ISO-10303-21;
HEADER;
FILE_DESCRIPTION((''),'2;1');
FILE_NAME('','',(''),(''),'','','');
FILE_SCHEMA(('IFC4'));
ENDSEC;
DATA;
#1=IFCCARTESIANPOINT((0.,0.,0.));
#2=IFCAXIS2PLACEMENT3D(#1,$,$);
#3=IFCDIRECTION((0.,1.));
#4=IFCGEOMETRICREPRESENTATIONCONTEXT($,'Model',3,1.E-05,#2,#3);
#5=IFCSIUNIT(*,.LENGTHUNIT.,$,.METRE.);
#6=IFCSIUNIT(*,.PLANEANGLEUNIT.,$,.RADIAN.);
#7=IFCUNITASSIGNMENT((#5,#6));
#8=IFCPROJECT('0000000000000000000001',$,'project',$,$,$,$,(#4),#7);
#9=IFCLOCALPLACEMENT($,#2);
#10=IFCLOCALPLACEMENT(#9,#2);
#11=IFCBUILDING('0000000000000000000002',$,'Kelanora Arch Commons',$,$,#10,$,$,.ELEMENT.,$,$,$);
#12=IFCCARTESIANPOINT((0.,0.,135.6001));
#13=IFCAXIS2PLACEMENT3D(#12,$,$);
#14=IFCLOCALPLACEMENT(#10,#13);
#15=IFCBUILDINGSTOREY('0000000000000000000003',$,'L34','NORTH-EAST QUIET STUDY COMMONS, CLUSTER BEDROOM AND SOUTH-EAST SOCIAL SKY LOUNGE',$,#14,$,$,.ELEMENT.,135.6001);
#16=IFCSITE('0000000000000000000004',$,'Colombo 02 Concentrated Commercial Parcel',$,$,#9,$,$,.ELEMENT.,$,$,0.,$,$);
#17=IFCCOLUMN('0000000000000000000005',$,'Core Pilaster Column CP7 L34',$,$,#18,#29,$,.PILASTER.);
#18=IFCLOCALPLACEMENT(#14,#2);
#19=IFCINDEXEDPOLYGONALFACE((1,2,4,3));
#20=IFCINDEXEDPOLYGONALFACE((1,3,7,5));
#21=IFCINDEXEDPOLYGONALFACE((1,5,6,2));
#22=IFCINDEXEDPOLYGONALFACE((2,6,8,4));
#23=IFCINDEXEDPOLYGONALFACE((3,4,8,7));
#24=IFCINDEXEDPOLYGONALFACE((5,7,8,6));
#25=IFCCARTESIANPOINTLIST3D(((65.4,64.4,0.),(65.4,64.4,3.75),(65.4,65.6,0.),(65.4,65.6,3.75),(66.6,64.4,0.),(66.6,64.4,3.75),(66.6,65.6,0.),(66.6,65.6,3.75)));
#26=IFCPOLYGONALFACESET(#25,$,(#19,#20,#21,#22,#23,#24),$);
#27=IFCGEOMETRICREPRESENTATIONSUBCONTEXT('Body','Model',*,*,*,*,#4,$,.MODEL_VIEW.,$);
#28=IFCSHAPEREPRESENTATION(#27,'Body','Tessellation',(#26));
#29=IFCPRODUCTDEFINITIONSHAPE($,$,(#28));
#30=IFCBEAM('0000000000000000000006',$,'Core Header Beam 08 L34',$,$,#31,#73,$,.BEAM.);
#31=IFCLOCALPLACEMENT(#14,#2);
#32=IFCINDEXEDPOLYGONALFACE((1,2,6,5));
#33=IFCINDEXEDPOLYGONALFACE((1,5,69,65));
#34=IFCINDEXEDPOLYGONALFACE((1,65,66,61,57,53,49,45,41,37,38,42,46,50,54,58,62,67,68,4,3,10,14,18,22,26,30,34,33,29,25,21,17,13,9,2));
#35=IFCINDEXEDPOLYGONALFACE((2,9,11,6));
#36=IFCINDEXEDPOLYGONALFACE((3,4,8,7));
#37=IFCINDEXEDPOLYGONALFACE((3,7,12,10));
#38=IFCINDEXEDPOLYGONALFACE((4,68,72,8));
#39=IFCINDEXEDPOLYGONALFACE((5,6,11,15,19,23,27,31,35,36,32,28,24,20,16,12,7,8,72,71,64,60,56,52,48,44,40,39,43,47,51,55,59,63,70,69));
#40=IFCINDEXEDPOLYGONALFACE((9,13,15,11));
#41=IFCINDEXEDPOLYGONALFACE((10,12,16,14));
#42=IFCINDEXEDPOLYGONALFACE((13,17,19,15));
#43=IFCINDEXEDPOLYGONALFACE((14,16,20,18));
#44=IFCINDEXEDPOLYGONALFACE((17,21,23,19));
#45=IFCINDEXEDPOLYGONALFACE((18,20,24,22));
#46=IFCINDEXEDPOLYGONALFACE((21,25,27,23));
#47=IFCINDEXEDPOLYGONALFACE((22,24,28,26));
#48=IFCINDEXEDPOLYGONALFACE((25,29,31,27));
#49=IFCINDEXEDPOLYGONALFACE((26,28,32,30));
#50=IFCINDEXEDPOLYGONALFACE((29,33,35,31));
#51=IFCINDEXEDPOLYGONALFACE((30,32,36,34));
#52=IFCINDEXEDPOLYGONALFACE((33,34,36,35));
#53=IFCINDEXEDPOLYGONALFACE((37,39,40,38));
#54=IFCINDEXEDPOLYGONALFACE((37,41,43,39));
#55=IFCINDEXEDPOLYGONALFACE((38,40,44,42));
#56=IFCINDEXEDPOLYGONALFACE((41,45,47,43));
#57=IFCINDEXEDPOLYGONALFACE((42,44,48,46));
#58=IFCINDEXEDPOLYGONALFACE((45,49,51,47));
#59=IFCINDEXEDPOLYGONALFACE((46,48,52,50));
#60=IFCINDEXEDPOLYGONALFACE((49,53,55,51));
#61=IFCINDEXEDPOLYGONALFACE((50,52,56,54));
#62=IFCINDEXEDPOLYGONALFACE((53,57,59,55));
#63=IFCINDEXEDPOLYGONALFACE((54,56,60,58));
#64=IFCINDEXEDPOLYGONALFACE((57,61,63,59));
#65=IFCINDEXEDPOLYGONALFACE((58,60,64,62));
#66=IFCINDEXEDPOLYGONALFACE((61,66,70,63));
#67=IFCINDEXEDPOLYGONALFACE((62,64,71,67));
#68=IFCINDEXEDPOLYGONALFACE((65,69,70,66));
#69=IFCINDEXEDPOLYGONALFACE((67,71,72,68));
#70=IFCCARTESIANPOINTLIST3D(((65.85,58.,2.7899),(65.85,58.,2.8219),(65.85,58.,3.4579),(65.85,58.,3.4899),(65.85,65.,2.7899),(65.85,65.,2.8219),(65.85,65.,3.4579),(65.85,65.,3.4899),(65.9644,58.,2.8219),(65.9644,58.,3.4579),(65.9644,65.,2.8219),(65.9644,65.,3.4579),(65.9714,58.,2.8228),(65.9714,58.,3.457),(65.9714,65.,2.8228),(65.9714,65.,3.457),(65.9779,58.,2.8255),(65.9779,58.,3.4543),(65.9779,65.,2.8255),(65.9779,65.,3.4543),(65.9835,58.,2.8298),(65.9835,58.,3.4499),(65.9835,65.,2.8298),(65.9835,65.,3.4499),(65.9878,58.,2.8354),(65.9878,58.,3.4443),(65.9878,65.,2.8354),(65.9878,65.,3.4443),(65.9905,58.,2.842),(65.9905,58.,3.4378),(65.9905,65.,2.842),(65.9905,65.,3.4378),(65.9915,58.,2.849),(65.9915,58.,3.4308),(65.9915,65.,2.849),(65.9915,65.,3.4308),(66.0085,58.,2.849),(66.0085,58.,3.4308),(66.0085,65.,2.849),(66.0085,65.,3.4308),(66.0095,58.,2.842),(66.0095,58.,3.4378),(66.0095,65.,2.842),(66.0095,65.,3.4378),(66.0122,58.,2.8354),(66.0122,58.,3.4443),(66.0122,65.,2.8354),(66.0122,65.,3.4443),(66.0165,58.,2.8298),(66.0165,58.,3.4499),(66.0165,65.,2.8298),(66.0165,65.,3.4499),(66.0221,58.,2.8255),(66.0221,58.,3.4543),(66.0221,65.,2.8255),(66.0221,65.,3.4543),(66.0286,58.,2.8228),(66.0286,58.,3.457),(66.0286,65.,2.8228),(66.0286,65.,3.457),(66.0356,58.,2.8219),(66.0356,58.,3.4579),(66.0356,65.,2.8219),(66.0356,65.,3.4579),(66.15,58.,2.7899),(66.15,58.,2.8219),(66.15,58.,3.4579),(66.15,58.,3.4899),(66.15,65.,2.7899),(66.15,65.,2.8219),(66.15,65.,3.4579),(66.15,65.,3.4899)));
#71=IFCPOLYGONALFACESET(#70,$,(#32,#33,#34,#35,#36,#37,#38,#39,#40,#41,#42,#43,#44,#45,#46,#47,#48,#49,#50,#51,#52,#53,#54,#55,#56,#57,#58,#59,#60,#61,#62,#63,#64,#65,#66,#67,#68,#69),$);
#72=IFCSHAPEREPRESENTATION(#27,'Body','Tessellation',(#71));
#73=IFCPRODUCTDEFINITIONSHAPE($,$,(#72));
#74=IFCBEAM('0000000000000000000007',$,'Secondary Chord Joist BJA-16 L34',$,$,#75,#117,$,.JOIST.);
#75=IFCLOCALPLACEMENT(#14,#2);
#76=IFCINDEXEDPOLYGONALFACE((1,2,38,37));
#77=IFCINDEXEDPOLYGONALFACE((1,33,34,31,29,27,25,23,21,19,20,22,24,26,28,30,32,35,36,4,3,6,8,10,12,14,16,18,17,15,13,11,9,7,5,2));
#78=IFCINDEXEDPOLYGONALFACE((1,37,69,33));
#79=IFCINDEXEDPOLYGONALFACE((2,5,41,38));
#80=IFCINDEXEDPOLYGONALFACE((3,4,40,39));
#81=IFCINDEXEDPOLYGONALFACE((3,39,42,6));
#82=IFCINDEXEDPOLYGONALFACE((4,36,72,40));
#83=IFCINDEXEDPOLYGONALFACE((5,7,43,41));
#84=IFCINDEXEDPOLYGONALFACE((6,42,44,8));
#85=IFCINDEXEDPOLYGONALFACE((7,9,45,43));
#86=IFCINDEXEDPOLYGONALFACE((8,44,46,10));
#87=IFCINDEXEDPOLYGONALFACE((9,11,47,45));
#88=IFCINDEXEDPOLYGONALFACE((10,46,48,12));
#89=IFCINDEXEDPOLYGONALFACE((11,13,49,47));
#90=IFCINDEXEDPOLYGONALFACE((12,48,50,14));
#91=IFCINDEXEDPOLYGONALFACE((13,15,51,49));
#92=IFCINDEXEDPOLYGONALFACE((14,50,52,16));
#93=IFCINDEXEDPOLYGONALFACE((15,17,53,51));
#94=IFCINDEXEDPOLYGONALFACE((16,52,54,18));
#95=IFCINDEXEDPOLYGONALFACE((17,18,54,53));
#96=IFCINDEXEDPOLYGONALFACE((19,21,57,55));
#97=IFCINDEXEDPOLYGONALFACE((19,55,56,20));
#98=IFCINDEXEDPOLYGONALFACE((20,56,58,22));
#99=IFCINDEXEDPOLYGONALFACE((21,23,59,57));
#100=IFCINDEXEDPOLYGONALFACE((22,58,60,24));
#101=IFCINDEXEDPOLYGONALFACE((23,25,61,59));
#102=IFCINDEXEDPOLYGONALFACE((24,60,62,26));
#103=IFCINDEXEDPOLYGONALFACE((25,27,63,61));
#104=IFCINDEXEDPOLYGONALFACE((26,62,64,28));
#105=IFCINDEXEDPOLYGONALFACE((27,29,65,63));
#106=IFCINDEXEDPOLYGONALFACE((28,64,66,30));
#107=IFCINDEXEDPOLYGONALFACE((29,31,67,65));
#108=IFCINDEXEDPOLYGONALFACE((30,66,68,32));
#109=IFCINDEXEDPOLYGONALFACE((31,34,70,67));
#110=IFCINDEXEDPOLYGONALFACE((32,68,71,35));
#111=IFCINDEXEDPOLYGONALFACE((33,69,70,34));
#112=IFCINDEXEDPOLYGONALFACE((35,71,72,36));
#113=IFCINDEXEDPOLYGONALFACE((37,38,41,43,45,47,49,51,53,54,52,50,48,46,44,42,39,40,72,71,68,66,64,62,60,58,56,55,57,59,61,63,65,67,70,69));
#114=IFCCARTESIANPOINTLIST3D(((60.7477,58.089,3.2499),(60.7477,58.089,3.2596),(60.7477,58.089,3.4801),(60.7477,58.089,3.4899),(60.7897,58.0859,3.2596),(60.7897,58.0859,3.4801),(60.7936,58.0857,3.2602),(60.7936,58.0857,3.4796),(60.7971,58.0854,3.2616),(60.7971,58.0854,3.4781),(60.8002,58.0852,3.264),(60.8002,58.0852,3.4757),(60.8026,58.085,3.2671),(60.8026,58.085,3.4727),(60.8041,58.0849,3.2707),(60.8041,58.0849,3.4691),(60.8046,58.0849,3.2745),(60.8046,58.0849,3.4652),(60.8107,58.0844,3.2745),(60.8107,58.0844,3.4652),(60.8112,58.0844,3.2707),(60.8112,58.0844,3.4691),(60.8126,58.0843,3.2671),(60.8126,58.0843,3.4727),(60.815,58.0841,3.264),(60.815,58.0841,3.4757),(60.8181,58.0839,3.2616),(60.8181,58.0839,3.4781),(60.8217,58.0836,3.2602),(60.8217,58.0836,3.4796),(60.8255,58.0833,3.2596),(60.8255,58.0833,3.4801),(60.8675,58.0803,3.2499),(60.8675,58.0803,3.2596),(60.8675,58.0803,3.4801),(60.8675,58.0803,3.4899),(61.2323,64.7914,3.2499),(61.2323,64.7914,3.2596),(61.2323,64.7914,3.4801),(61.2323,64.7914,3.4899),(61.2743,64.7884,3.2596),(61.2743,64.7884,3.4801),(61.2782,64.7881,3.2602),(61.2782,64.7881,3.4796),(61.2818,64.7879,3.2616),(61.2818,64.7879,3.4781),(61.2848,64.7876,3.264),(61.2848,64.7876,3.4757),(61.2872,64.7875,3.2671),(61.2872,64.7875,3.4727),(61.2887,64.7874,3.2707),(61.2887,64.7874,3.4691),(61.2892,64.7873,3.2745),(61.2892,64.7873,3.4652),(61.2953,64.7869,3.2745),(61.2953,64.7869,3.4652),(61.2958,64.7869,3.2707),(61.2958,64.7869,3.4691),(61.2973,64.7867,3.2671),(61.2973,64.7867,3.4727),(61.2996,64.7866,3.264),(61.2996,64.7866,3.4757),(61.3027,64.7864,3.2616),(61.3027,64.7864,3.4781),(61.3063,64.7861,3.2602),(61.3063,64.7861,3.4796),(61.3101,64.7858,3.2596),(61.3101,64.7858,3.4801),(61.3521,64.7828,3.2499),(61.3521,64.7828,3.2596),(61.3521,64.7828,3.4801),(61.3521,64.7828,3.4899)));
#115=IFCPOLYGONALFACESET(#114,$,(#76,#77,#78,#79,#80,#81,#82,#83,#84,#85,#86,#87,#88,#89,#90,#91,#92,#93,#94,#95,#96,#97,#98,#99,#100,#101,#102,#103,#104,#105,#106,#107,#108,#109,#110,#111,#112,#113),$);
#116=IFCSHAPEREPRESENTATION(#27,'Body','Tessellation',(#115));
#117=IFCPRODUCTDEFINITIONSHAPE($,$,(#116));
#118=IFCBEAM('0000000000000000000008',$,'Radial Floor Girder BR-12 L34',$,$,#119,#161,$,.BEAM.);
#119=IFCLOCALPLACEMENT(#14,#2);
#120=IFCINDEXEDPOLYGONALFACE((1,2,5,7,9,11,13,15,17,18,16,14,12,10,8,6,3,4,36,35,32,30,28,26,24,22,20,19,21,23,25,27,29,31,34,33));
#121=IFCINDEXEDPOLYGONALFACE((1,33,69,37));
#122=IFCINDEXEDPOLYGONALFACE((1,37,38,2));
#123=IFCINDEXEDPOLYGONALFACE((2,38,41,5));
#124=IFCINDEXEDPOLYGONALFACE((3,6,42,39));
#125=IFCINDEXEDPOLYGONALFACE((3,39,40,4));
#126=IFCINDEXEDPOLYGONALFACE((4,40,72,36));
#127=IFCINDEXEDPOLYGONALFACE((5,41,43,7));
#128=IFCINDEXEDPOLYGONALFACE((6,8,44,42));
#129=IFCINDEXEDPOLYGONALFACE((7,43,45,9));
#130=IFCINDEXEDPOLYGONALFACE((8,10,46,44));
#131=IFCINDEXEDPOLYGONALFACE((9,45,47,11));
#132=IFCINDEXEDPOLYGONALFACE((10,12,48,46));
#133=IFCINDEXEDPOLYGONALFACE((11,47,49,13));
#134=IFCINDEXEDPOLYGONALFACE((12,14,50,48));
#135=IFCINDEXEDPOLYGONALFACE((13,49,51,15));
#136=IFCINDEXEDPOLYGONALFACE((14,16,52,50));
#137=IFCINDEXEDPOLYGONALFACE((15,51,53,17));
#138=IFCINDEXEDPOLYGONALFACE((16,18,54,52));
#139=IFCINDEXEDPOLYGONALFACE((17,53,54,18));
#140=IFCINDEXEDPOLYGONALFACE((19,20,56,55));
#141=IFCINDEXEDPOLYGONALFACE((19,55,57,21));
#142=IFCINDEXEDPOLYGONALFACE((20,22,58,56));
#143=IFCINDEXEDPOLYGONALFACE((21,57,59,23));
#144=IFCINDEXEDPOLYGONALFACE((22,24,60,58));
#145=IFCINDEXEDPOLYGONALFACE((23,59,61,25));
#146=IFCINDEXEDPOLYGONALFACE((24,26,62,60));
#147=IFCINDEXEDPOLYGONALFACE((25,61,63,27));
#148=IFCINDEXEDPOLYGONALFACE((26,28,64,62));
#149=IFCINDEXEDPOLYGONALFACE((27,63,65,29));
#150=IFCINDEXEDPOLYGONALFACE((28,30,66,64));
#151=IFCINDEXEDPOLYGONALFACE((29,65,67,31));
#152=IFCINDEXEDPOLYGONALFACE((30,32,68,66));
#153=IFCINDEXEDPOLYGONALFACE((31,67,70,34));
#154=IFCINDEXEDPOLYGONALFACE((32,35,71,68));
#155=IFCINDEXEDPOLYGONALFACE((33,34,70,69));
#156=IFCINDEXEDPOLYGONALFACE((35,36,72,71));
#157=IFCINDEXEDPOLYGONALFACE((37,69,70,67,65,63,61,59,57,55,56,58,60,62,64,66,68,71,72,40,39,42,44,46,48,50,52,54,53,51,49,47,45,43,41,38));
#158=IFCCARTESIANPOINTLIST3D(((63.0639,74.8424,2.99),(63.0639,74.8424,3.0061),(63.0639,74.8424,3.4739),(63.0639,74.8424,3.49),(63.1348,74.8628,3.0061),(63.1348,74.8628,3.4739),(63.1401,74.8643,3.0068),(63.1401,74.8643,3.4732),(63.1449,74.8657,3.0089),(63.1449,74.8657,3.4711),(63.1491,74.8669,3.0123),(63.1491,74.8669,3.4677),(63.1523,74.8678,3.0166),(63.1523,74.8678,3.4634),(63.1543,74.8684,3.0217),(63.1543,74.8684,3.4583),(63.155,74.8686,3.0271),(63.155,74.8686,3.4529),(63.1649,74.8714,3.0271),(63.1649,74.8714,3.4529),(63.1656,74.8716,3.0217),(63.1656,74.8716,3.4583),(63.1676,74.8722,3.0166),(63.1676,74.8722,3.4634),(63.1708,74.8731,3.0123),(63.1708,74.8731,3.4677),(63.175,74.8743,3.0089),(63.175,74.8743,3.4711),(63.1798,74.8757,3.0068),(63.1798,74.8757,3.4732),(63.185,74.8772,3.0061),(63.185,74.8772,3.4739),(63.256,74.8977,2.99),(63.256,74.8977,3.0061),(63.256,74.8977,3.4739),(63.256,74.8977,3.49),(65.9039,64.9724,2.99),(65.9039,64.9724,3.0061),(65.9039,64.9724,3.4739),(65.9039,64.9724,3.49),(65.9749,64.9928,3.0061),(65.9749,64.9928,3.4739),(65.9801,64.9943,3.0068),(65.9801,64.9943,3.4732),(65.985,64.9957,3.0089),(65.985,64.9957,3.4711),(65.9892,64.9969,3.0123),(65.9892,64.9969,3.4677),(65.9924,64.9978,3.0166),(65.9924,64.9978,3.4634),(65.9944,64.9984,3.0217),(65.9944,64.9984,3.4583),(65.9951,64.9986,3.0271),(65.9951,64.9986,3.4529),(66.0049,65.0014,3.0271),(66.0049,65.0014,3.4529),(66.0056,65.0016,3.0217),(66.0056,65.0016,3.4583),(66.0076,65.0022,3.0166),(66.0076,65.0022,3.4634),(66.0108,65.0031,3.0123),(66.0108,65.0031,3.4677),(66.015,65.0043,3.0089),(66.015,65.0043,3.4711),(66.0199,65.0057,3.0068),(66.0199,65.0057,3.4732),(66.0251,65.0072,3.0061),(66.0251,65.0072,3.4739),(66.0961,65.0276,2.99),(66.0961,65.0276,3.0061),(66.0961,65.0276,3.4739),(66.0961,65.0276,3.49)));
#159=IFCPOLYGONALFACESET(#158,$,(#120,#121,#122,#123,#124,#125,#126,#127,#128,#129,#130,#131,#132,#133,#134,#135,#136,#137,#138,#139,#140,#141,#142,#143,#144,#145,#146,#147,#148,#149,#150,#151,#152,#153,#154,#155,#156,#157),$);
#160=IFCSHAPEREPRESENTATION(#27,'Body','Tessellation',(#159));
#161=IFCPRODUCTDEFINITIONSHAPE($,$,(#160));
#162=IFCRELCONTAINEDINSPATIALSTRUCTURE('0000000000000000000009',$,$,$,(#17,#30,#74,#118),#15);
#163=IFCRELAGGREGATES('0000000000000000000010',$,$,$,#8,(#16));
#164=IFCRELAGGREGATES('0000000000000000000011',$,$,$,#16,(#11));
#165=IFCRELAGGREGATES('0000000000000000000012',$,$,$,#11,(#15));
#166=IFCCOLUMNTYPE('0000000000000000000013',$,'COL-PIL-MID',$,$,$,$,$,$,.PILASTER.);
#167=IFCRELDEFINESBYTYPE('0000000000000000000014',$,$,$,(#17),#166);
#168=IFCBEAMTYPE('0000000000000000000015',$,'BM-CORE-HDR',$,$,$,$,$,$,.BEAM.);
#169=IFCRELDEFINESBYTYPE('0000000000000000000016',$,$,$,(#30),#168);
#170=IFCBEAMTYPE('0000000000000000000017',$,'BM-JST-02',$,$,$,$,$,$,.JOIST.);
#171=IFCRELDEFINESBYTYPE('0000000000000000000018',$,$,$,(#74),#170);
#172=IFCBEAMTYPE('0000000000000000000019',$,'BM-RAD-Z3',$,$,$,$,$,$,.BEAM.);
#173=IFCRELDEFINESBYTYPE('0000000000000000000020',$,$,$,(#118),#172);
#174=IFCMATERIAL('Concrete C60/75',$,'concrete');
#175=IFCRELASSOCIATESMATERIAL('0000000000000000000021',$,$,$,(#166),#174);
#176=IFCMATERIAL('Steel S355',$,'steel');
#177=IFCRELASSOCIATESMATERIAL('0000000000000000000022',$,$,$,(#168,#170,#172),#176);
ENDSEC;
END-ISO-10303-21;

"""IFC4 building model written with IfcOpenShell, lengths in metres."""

from ifc_helpers import new_model, si_unit, direction, frame, origin, origin_2d, place, context, subcontext, project, spatial, rectangle, i_section, extrude, material, material_profile, profile_set, type_object, element, save


model = new_model("IFC4")

# Units and contexts
model_context = context("Model", 3, precision=1e-05, world=origin(), true_north=direction((0.0, 1.0)))
body_context = subcontext(model_context, "Body", "Model", "MODEL_VIEW")
ifc_project = project(units=[si_unit("LENGTHUNIT", "METRE"), si_unit("PLANEANGLEUNIT", "RADIAN")], contexts=[model_context])

# Site, building, storey
site_placement = place(None, origin())
site = spatial("IfcSite", under=ifc_project, at=site_placement, Name="Colombo 02 Concentrated Commercial Parcel", CompositionType="ELEMENT", RefElevation=0.0)
building_placement = place(site_placement, origin())
building = spatial("IfcBuilding", under=site, at=building_placement, Name="Kelanora Arch Commons", CompositionType="ELEMENT")
storey_placement = place(building_placement, frame((0.0, 0.0, 135.6001)))
storey = spatial("IfcBuildingStorey", under=building, at=storey_placement, Name="L34", Description="NORTH-EAST QUIET STUDY COMMONS, CLUSTER BEDROOM AND SOUTH-EAST SOCIAL SKY LOUNGE", CompositionType="ELEMENT", Elevation=135.6001)

# Column
ifc_material_1 = material(Name="Concrete C60/75", Category="concrete")
ifc_material_profile_1 = material_profile(ifc_material_1, rectangle(XDim=1.2, YDim=1.2, at=origin_2d()), Name="RC1200x1200")
ifc_profile_set_1 = profile_set([ifc_material_profile_1], Name="Concrete C60/75")
column_type = type_object("IfcColumnType", Name="COL-PIL-MID", PredefinedType="PILASTER", material=ifc_profile_set_1)
column_placement = place(storey_placement, frame((66.0, 65.0, 0.0), z_axis=(0.0, 0.0, 1.0), x_axis=(1.0, 0.0, 0.0)))
element("IfcColumn", 1, at=column_placement, inside=storey, type_object=column_type, Name="Core Pilaster Column CP7 L34", PredefinedType="PILASTER", context=body_context, shape_type="SweptSolid", body=[
    extrude(rectangle(XDim=1.2, YDim=1.2, at=origin_2d()), origin(), (0.0, 0.0, 1.0), 3.75),
])

# Beams
ifc_material_2 = material(Name="Steel S355", Category="steel")
ifc_material_profile_2 = material_profile(ifc_material_2, i_section(OverallWidth=0.3, OverallDepth=0.7, WebThickness=0.0171, FlangeThickness=0.032, FilletRadius=0.0271, at=origin_2d()), Name="HEB700")
ifc_profile_set_2 = profile_set([ifc_material_profile_2], Name="Steel S355")
beam_type_1 = type_object("IfcBeamType", Name="BM-CORE-HDR", PredefinedType="BEAM", material=ifc_profile_set_2)
beam_1_placement = place(storey_placement, frame((66.0, 65.0, 3.1399), z_axis=(0.0, -1.0, 0.0), x_axis=(1.0, 0.0, 0.0)))
element("IfcBeam", 2, at=beam_1_placement, inside=storey, type_object=beam_type_1, Name="Core Header Beam 08 L34", PredefinedType="BEAM", context=body_context, shape_type="SweptSolid", body=[
    extrude(i_section(OverallWidth=0.3, OverallDepth=0.7, WebThickness=0.0171, FlangeThickness=0.032, FilletRadius=0.0271, at=origin_2d()), origin(), (0.0, 0.0, 1.0), 7.0),
])
ifc_material_profile_3 = material_profile(ifc_material_2, i_section(OverallWidth=0.1201, OverallDepth=0.24, WebThickness=0.0061, FlangeThickness=0.0098, FilletRadius=0.0149, at=origin_2d()), Name="IPE240")
ifc_profile_set_3 = profile_set([ifc_material_profile_3], Name="Steel S355")
beam_type_2 = type_object("IfcBeamType", Name="BM-JST-02", PredefinedType="JOIST", material=ifc_profile_set_3)
beam_2_placement = place(storey_placement, frame((61.2922, 64.7871, 3.3699), z_axis=(-0.072117, -0.997396, 0.0), x_axis=(0.997396, -0.072117, 0.0)))
element("IfcBeam", 3, at=beam_2_placement, inside=storey, type_object=beam_type_2, Name="Secondary Chord Joist BJA-16 L34", PredefinedType="JOIST", context=body_context, shape_type="SweptSolid", body=[
    extrude(i_section(OverallWidth=0.1201, OverallDepth=0.24, WebThickness=0.0061, FlangeThickness=0.0098, FilletRadius=0.0149, at=origin_2d()), origin(), (0.0, 0.0, 1.0), 6.72),
])
ifc_material_profile_4 = material_profile(ifc_material_2, i_section(OverallWidth=0.2, OverallDepth=0.5, WebThickness=0.0103, FlangeThickness=0.0161, FilletRadius=0.021, at=origin_2d()), Name="IPE500")
ifc_profile_set_4 = profile_set([ifc_material_profile_4], Name="Steel S355")
beam_type_3 = type_object("IfcBeamType", Name="BM-RAD-Z3", PredefinedType="BEAM", material=ifc_profile_set_4)
beam_3_placement = place(storey_placement, frame((66.0, 65.0, 3.24), z_axis=(-0.276526, 0.961006, 0.0), x_axis=(-0.961006, -0.276526, 0.0)))
element("IfcBeam", 4, at=beam_3_placement, inside=storey, type_object=beam_type_3, Name="Radial Floor Girder BR-12 L34", PredefinedType="BEAM", context=body_context, shape_type="SweptSolid", body=[
    extrude(i_section(OverallWidth=0.2, OverallDepth=0.5, WebThickness=0.0103, FlangeThickness=0.0161, FilletRadius=0.021, at=origin_2d()), origin(), (0.0, 0.0, 1.0), 10.2705),
])

save(model, "model.ifc")
